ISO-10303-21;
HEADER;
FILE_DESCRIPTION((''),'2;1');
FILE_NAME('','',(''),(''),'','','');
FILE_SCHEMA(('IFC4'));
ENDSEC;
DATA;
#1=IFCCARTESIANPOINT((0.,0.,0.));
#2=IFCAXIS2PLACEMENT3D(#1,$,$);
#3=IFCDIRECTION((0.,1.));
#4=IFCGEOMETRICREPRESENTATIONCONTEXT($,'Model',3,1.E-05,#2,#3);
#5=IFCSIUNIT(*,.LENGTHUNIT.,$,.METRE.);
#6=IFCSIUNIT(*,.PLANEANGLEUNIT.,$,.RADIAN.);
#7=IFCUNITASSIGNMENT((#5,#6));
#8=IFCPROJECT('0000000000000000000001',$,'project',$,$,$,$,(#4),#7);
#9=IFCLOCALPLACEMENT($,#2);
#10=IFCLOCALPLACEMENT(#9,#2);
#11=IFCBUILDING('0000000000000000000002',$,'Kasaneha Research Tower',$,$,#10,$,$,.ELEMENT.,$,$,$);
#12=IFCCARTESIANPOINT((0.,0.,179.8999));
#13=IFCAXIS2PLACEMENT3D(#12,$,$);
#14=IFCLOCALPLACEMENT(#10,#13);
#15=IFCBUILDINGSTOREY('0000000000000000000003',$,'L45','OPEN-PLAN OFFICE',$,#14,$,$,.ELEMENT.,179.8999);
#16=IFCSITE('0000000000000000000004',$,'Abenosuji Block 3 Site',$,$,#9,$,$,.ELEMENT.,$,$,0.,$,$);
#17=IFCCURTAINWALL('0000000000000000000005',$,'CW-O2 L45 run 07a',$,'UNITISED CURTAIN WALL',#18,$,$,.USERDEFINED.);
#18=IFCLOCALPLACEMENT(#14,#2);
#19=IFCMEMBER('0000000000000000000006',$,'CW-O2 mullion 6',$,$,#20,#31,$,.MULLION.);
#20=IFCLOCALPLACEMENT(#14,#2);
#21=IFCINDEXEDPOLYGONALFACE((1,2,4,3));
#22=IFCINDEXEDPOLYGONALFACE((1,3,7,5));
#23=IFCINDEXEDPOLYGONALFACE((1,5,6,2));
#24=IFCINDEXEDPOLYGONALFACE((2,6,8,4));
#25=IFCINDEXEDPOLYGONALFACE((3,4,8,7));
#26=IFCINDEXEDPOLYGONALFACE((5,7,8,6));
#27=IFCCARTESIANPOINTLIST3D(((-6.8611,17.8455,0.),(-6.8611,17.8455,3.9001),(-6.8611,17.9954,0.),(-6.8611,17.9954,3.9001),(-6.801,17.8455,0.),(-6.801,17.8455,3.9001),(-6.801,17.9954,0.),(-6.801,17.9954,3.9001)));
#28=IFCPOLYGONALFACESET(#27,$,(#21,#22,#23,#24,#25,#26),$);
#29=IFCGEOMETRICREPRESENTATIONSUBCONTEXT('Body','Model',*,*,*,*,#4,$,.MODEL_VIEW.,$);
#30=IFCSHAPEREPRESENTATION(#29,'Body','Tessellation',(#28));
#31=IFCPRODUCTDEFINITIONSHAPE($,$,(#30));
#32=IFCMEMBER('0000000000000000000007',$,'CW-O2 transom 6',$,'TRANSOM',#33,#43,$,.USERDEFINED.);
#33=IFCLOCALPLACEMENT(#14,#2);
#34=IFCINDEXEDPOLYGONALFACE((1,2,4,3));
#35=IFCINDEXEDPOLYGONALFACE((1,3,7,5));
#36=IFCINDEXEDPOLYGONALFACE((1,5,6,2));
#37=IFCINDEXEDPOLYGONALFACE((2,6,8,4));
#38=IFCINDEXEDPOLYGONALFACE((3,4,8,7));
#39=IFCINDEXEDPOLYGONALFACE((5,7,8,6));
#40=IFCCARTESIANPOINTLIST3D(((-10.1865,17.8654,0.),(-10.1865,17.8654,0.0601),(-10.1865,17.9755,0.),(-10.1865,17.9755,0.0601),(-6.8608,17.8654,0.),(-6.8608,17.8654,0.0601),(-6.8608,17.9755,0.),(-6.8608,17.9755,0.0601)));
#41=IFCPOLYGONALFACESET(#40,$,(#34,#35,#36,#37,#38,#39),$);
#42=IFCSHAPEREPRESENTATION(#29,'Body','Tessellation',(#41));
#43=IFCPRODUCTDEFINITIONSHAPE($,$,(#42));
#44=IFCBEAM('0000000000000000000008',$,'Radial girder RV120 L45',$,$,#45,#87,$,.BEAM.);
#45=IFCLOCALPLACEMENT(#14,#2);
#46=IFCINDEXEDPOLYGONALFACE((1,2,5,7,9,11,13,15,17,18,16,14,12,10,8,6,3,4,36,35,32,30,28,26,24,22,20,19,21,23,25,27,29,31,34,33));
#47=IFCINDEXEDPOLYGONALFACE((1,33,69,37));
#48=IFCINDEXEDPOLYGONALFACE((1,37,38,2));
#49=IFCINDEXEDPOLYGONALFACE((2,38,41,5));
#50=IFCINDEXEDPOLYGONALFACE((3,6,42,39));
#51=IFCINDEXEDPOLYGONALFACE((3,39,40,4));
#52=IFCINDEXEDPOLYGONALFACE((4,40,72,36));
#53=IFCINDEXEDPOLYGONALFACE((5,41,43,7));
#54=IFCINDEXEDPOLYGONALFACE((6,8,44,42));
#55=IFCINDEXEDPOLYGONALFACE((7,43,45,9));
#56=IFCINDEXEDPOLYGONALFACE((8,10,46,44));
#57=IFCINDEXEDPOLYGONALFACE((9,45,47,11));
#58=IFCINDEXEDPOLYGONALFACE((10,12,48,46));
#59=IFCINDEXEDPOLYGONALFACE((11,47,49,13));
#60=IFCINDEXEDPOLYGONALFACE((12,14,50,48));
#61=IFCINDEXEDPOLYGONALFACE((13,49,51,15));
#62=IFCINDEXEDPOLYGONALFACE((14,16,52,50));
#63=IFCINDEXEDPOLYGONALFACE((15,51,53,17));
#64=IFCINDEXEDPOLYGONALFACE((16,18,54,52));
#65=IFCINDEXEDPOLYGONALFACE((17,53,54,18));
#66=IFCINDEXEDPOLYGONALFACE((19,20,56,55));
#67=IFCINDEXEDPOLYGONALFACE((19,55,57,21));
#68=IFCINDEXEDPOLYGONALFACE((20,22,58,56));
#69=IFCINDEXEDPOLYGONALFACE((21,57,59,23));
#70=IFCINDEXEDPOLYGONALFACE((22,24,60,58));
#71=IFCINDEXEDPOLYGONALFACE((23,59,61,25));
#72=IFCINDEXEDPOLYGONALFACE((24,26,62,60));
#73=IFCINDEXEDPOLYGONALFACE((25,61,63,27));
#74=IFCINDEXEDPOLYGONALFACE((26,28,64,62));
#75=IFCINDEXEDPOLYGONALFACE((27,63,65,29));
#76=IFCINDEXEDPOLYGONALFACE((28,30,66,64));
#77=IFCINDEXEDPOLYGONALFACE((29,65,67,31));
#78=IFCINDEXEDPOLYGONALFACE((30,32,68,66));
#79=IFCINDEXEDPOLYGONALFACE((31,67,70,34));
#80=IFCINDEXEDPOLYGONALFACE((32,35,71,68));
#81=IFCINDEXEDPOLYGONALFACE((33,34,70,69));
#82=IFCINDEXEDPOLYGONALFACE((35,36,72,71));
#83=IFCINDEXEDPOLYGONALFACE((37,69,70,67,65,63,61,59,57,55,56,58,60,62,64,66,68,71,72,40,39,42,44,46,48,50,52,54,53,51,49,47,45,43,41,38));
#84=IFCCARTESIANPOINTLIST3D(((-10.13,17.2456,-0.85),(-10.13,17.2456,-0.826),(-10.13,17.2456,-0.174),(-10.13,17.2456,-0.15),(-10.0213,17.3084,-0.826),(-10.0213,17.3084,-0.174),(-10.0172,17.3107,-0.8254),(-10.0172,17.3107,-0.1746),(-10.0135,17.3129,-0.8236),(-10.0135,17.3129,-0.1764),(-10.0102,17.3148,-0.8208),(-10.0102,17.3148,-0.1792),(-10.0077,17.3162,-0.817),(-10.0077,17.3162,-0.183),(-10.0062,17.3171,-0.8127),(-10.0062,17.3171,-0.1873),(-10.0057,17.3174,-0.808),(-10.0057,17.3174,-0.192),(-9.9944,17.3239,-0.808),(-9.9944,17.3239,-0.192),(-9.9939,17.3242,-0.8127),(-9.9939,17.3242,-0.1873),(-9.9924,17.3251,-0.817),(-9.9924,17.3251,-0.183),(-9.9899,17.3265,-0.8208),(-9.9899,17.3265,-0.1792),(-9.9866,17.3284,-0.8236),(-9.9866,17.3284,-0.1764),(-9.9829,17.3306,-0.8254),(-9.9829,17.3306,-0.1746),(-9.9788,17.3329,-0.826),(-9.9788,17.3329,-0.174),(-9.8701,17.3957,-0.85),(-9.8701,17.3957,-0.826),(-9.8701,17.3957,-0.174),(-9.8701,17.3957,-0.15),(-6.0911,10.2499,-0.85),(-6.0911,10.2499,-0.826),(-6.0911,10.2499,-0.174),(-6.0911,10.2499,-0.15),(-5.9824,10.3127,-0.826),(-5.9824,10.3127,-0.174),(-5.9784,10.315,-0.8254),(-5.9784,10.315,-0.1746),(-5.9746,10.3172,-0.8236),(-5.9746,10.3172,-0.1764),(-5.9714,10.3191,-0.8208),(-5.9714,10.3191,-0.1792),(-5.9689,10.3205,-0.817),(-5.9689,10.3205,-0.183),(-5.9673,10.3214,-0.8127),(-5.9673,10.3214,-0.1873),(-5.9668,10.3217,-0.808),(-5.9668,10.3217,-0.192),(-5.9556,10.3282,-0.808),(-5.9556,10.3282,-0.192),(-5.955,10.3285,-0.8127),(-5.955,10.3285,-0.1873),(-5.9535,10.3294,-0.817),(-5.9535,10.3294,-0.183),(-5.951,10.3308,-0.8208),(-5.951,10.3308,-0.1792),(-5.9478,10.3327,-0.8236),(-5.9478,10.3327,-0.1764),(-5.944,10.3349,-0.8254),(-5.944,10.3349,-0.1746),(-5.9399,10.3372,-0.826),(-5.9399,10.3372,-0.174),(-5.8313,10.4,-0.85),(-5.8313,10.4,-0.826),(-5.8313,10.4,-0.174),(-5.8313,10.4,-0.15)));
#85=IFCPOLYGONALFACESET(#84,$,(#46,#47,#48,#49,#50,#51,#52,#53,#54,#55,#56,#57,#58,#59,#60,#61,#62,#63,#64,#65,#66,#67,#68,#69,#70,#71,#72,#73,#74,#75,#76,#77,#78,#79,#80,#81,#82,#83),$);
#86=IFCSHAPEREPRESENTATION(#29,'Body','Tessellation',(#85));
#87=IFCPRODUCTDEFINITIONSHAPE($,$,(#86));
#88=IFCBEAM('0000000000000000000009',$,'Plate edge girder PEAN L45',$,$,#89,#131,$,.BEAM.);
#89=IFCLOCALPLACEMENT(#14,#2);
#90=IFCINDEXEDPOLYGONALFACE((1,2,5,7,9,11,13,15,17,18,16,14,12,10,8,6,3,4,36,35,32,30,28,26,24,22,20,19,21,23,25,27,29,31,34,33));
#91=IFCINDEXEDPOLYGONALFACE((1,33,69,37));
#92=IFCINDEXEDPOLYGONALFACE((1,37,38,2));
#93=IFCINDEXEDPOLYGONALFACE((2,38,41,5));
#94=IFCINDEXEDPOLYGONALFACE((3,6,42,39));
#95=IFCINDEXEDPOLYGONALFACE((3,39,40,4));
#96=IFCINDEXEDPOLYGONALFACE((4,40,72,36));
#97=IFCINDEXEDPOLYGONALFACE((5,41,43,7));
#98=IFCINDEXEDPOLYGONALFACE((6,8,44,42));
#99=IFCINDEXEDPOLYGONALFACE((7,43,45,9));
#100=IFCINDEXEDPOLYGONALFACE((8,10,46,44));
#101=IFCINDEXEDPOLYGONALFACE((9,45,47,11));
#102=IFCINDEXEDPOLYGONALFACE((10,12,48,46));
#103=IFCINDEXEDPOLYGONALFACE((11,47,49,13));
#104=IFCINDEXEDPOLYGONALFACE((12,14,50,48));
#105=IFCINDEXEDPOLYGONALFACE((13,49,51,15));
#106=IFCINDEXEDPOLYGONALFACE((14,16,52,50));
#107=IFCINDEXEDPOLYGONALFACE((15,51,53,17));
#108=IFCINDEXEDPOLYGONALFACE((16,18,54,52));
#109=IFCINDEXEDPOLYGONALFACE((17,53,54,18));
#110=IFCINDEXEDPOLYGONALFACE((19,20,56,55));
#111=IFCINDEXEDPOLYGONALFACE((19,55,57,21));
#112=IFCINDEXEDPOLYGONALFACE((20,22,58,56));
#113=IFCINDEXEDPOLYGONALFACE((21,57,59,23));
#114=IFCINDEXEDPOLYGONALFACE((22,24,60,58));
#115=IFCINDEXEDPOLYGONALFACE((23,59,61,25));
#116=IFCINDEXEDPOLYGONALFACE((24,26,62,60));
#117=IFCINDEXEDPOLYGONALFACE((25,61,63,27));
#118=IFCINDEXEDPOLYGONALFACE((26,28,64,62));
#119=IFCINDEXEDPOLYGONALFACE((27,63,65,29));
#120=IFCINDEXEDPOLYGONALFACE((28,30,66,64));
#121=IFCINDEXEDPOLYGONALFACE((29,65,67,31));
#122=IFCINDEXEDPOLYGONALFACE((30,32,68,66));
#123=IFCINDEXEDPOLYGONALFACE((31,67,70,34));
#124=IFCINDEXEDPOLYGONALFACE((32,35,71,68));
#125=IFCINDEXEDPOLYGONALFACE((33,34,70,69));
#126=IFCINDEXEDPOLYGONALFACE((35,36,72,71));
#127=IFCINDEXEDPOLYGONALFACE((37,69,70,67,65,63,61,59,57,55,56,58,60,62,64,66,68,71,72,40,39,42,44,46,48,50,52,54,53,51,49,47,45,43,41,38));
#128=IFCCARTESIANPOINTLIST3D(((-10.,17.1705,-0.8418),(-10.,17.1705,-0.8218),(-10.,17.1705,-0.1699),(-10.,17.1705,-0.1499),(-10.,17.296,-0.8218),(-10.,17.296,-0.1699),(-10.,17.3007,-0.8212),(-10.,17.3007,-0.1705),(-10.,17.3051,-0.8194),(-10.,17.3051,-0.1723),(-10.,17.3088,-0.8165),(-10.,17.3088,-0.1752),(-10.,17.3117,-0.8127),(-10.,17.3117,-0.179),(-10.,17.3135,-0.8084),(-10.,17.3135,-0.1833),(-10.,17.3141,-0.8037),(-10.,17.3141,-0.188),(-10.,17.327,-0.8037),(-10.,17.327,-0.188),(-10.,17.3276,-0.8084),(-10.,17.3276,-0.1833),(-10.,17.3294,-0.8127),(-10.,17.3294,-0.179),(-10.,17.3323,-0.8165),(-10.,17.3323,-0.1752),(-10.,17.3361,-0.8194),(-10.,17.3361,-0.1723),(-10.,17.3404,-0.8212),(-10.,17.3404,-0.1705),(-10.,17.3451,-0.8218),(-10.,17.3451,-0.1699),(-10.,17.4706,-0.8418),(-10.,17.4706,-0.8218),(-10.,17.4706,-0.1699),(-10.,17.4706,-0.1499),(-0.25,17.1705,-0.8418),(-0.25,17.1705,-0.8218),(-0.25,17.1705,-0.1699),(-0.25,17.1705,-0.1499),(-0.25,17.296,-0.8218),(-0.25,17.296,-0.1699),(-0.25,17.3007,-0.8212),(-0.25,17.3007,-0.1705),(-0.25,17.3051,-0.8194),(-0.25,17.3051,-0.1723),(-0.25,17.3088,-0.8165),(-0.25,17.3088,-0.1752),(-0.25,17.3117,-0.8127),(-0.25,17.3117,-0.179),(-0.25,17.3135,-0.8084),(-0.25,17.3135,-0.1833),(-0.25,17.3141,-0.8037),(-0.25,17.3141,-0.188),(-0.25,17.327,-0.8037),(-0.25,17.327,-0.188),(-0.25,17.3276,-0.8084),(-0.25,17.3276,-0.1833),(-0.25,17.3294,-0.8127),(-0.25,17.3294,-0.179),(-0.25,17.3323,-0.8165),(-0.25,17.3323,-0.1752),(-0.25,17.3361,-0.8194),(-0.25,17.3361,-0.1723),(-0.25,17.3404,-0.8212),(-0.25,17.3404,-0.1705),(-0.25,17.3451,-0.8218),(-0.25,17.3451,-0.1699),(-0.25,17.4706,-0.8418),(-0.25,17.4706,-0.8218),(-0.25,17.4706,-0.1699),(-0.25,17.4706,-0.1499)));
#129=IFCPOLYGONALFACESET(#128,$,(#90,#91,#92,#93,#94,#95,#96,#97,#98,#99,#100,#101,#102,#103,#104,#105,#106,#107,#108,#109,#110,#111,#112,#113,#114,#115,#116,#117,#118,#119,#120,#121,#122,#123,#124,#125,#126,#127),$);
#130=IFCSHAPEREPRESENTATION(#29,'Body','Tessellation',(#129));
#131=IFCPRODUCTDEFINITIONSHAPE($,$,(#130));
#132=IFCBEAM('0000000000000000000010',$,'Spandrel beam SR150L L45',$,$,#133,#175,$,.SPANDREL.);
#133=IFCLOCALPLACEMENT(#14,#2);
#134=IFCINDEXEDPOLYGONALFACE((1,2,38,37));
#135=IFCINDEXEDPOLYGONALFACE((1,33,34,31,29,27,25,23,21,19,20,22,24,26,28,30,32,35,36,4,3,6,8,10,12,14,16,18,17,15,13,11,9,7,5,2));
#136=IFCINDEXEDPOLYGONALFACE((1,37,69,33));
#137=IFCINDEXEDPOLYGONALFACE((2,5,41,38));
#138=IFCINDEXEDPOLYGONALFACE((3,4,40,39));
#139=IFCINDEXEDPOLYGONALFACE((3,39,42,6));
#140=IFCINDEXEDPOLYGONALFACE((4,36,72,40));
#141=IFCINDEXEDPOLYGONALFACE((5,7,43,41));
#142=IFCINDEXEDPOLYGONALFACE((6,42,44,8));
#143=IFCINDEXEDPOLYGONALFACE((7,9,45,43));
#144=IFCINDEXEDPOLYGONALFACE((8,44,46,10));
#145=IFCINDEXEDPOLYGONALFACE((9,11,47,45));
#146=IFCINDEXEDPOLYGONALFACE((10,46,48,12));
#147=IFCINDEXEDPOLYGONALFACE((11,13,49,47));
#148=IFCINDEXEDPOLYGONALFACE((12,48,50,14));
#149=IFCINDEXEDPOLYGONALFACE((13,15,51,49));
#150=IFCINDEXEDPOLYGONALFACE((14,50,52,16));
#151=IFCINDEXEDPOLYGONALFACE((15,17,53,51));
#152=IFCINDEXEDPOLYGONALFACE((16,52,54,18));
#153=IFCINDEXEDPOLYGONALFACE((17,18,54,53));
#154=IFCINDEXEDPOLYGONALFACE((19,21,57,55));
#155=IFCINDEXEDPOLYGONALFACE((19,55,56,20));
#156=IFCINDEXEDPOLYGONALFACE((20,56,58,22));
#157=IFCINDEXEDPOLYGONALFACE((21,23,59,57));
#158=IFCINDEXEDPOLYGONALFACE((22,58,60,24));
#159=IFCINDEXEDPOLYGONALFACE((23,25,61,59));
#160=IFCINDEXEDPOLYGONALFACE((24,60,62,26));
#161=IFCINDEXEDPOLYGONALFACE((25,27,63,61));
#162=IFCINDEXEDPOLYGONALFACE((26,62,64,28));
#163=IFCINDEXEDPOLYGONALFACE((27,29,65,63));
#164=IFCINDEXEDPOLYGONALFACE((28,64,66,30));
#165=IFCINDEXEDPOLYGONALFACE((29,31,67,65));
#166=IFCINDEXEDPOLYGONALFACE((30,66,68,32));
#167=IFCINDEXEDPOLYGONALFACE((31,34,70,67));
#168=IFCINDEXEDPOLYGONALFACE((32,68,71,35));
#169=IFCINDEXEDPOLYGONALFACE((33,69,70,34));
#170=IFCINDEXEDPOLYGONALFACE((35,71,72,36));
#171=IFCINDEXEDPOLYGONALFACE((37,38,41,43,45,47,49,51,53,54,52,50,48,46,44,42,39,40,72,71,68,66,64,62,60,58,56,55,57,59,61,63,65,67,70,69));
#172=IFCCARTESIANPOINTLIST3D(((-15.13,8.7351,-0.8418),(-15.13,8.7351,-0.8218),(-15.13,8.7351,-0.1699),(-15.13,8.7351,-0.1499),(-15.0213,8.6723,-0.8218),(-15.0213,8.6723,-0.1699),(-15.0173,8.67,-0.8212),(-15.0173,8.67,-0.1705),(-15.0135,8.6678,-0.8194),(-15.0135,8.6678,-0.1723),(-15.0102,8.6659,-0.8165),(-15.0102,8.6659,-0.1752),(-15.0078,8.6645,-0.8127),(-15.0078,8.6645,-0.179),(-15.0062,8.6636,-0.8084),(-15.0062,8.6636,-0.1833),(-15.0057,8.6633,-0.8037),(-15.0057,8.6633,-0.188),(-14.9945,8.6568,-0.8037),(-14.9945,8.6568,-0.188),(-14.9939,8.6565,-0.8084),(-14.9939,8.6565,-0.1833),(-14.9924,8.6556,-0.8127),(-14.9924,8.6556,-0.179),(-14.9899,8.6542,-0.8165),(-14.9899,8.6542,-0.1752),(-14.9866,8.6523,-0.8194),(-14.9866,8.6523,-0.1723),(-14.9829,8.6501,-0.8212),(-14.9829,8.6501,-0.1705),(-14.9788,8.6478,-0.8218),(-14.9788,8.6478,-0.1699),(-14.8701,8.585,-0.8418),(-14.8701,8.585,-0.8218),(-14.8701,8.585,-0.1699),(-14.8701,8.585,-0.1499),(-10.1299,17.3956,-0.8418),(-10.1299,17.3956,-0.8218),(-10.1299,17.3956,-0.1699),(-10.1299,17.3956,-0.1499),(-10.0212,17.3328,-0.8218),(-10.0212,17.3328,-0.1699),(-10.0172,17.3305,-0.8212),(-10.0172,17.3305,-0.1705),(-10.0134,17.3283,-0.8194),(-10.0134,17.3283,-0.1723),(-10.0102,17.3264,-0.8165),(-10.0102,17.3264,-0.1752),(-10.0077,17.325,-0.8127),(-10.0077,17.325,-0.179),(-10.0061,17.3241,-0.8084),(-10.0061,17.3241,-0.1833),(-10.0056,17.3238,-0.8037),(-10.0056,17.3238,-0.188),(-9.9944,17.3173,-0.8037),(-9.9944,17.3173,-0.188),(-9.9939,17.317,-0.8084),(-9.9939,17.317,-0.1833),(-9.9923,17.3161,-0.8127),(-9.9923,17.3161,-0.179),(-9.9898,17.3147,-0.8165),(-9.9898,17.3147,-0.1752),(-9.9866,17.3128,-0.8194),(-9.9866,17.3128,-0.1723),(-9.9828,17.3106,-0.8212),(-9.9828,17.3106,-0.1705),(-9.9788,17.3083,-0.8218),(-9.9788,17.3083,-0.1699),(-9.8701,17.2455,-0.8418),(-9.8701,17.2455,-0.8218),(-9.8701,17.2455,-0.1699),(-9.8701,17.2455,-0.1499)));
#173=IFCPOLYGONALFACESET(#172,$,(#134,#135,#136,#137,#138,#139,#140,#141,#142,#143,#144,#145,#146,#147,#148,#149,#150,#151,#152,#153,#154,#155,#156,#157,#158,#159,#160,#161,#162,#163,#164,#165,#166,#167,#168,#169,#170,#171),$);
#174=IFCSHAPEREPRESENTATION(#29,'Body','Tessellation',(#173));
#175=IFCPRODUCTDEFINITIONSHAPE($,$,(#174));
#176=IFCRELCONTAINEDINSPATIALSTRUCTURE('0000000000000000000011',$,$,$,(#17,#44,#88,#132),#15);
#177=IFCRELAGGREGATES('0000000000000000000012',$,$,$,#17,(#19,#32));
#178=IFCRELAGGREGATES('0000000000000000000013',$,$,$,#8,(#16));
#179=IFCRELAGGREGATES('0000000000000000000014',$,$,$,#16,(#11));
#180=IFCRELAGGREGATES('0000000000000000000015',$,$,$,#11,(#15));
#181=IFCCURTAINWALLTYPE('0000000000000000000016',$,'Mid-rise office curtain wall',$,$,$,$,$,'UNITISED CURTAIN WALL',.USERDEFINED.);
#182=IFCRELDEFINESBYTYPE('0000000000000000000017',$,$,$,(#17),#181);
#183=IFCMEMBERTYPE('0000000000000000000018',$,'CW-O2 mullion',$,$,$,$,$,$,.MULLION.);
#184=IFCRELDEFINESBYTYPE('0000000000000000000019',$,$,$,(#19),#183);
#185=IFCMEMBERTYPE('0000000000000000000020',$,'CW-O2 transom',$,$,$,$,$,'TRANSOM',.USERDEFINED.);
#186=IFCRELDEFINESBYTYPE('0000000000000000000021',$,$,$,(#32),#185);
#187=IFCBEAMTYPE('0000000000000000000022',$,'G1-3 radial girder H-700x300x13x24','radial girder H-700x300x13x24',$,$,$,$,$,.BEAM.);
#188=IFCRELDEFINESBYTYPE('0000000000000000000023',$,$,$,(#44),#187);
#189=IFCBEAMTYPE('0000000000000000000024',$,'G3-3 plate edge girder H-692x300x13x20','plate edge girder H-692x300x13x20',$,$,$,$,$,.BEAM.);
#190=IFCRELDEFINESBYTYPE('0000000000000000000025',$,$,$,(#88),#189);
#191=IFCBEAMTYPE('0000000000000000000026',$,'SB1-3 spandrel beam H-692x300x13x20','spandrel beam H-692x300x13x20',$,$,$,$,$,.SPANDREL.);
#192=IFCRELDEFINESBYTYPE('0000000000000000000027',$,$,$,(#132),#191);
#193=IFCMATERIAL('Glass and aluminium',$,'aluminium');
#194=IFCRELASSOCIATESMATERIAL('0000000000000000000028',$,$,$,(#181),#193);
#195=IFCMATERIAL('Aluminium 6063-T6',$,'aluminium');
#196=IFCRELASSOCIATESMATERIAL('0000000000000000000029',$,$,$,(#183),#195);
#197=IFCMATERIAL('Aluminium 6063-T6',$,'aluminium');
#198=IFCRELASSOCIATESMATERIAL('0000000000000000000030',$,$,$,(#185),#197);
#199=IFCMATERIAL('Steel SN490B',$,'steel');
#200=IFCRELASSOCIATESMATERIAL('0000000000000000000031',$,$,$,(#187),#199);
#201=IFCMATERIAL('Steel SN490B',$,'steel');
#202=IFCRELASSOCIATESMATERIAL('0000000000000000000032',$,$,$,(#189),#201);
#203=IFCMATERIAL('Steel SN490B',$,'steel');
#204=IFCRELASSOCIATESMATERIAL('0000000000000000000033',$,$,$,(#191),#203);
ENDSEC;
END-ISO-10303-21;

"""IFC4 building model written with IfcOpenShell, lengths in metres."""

from ifc_helpers import new_model, si_unit, direction, frame, origin, origin_2d, place, context, subcontext, project, spatial, rectangle, i_section, extrude, material, material_profile, profile_set, type_object, element, aggregate, save


model = new_model("IFC4")

# Units and contexts
model_context = context("Model", 3, precision=1e-05, world=origin(), true_north=direction((0.0, 1.0)))
body_context = subcontext(model_context, "Body", "Model", "MODEL_VIEW")
ifc_project = project(units=[si_unit("LENGTHUNIT", "METRE"), si_unit("PLANEANGLEUNIT", "RADIAN")], contexts=[model_context])

# Site, building, storey
site_placement = place(None, origin())
site = spatial("IfcSite", under=ifc_project, at=site_placement, Name="Abenosuji Block 3 Site", CompositionType="ELEMENT", RefElevation=0.0)
building_placement = place(site_placement, origin())
building = spatial("IfcBuilding", under=site, at=building_placement, Name="Kasaneha Research Tower", CompositionType="ELEMENT")
storey_placement = place(building_placement, frame((0.0, 0.0, 179.8999)))
storey = spatial("IfcBuildingStorey", under=building, at=storey_placement, Name="L45", Description="OPEN-PLAN OFFICE", CompositionType="ELEMENT", Elevation=179.8999)

# Curtain wall, members
ifc_material_1 = material(Name="Glass and aluminium", Category="aluminium")
curtain_wall_type = type_object("IfcCurtainWallType", Name="Mid-rise office curtain wall", ElementType="UNITISED CURTAIN WALL", PredefinedType="USERDEFINED", material=ifc_material_1)
curtain_wall_placement = place(storey_placement, origin())
curtain_wall = element("IfcCurtainWall", 1, at=curtain_wall_placement, inside=storey, type_object=curtain_wall_type, Name="CW-O2 L45 run 07a", ObjectType="UNITISED CURTAIN WALL", PredefinedType="USERDEFINED")
ifc_material_2 = material(Name="Aluminium 6063-T6", Category="aluminium")
ifc_material_profile_1 = material_profile(ifc_material_2, rectangle(XDim=0.0601, YDim=0.1499, at=origin_2d()), Name="CW-O2 mullion 60x150")
ifc_profile_set_1 = profile_set([ifc_material_profile_1], Name="Aluminium 6063-T6")
member_type_1 = type_object("IfcMemberType", Name="CW-O2 mullion", PredefinedType="MULLION", material=ifc_profile_set_1)
member_1_placement = place(storey_placement, frame((-6.8311, 17.9204, 0.0), z_axis=(0.0, 0.0, 1.0), x_axis=(-1.0, 0.0, 0.0)))
member_1 = element("IfcMember", 2, at=member_1_placement, type_object=member_type_1, Name="CW-O2 mullion 6", PredefinedType="MULLION", context=body_context, shape_type="SweptSolid", body=[
    extrude(rectangle(XDim=0.0601, YDim=0.1499, at=origin_2d()), origin(), (0.0, 0.0, 1.0), 3.9001),
])
ifc_material_3 = material(Name="Aluminium 6063-T6", Category="aluminium")
ifc_material_profile_2 = material_profile(ifc_material_3, rectangle(XDim=0.1101, YDim=0.0601, at=origin_2d()), Name="CW-O2 transom 110x60")
ifc_profile_set_2 = profile_set([ifc_material_profile_2], Name="Aluminium 6063-T6")
member_type_2 = type_object("IfcMemberType", Name="CW-O2 transom", ElementType="TRANSOM", PredefinedType="USERDEFINED", material=ifc_profile_set_2)
member_2_placement = place(storey_placement, frame((-6.8608, 17.9204, 0.03), z_axis=(-1.0, 0.0, 0.0), x_axis=(0.0, -1.0, 0.0)))
member_2 = element("IfcMember", 3, at=member_2_placement, type_object=member_type_2, Name="CW-O2 transom 6", ObjectType="TRANSOM", PredefinedType="USERDEFINED", context=body_context, shape_type="SweptSolid", body=[
    extrude(rectangle(XDim=0.1101, YDim=0.0601, at=origin_2d()), origin(), (0.0, 0.0, 1.0), 3.3257),
])

# Beams
ifc_material_4 = material(Name="Steel SN490B", Category="steel")
ifc_material_profile_3 = material_profile(ifc_material_4, i_section(OverallWidth=0.3, OverallDepth=0.7, WebThickness=0.0129, FlangeThickness=0.0239, FilletRadius=0.0181, at=origin_2d()), Name="H-700x300x13x24")
ifc_profile_set_3 = profile_set([ifc_material_profile_3], Name="Steel SN490B")
beam_type_1 = type_object("IfcBeamType", Name="G1-3 radial girder H-700x300x13x24", Description="radial girder H-700x300x13x24", PredefinedType="BEAM", material=ifc_profile_set_3)
beam_1_placement = place(storey_placement, frame((-5.9612, 10.325, -0.5), z_axis=(-0.499991, 0.866031, 0.0), x_axis=(-0.866031, -0.499991, 0.0)))
element("IfcBeam", 4, at=beam_1_placement, inside=storey, type_object=beam_type_1, Name="Radial girder RV120 L45", PredefinedType="BEAM", context=body_context, shape_type="SweptSolid", body=[
    extrude(i_section(OverallWidth=0.3, OverallDepth=0.7, WebThickness=0.0129, FlangeThickness=0.0239, FilletRadius=0.0181, at=origin_2d()), origin(), (0.0, 0.0, 1.0), 8.0779),
])
ifc_material_5 = material(Name="Steel SN490B", Category="steel")
ifc_material_profile_4 = material_profile(ifc_material_5, i_section(OverallWidth=0.3, OverallDepth=0.6919, WebThickness=0.0129, FlangeThickness=0.02, FilletRadius=0.0181, at=origin_2d()), Name="H-692x300x13x20")
ifc_profile_set_4 = profile_set([ifc_material_profile_4], Name="Steel SN490B")
beam_type_2 = type_object("IfcBeamType", Name="G3-3 plate edge girder H-692x300x13x20", Description="plate edge girder H-692x300x13x20", PredefinedType="BEAM", material=ifc_profile_set_4)
beam_2_placement = place(storey_placement, frame((-10.0, 17.3206, -0.4958), z_axis=(1.0, 0.0, 0.0), x_axis=(0.0, 1.0, 0.0)))
element("IfcBeam", 5, at=beam_2_placement, inside=storey, type_object=beam_type_2, Name="Plate edge girder PEAN L45", PredefinedType="BEAM", context=body_context, shape_type="SweptSolid", body=[
    extrude(i_section(OverallWidth=0.3, OverallDepth=0.6919, WebThickness=0.0129, FlangeThickness=0.02, FilletRadius=0.0181, at=origin_2d()), origin(), (0.0, 0.0, 1.0), 9.75),
])
ifc_material_6 = material(Name="Steel SN490B", Category="steel")
ifc_material_profile_5 = material_profile(ifc_material_6, i_section(OverallWidth=0.3, OverallDepth=0.6919, WebThickness=0.0129, FlangeThickness=0.02, FilletRadius=0.0181, at=origin_2d()), Name="H-692x300x13x20")
ifc_profile_set_5 = profile_set([ifc_material_profile_5], Name="Steel SN490B")
beam_type_3 = type_object("IfcBeamType", Name="SB1-3 spandrel beam H-692x300x13x20", Description="spandrel beam H-692x300x13x20", PredefinedType="SPANDREL", material=ifc_profile_set_5)
beam_3_placement = place(storey_placement, frame((-10.0, 17.3206, -0.4958), z_axis=(-0.499994, -0.866029, 0.0), x_axis=(0.866029, -0.499994, 0.0)))
element("IfcBeam", 6, at=beam_3_placement, inside=storey, type_object=beam_type_3, Name="Spandrel beam SR150L L45", PredefinedType="SPANDREL", context=body_context, shape_type="SweptSolid", body=[
    extrude(i_section(OverallWidth=0.3, OverallDepth=0.6919, WebThickness=0.0129, FlangeThickness=0.02, FilletRadius=0.0181, at=origin_2d()), origin(), (0.0, 0.0, 1.0), 10.0002),
])

aggregate(curtain_wall, [member_1, member_2])

save(model, "model.ifc")
